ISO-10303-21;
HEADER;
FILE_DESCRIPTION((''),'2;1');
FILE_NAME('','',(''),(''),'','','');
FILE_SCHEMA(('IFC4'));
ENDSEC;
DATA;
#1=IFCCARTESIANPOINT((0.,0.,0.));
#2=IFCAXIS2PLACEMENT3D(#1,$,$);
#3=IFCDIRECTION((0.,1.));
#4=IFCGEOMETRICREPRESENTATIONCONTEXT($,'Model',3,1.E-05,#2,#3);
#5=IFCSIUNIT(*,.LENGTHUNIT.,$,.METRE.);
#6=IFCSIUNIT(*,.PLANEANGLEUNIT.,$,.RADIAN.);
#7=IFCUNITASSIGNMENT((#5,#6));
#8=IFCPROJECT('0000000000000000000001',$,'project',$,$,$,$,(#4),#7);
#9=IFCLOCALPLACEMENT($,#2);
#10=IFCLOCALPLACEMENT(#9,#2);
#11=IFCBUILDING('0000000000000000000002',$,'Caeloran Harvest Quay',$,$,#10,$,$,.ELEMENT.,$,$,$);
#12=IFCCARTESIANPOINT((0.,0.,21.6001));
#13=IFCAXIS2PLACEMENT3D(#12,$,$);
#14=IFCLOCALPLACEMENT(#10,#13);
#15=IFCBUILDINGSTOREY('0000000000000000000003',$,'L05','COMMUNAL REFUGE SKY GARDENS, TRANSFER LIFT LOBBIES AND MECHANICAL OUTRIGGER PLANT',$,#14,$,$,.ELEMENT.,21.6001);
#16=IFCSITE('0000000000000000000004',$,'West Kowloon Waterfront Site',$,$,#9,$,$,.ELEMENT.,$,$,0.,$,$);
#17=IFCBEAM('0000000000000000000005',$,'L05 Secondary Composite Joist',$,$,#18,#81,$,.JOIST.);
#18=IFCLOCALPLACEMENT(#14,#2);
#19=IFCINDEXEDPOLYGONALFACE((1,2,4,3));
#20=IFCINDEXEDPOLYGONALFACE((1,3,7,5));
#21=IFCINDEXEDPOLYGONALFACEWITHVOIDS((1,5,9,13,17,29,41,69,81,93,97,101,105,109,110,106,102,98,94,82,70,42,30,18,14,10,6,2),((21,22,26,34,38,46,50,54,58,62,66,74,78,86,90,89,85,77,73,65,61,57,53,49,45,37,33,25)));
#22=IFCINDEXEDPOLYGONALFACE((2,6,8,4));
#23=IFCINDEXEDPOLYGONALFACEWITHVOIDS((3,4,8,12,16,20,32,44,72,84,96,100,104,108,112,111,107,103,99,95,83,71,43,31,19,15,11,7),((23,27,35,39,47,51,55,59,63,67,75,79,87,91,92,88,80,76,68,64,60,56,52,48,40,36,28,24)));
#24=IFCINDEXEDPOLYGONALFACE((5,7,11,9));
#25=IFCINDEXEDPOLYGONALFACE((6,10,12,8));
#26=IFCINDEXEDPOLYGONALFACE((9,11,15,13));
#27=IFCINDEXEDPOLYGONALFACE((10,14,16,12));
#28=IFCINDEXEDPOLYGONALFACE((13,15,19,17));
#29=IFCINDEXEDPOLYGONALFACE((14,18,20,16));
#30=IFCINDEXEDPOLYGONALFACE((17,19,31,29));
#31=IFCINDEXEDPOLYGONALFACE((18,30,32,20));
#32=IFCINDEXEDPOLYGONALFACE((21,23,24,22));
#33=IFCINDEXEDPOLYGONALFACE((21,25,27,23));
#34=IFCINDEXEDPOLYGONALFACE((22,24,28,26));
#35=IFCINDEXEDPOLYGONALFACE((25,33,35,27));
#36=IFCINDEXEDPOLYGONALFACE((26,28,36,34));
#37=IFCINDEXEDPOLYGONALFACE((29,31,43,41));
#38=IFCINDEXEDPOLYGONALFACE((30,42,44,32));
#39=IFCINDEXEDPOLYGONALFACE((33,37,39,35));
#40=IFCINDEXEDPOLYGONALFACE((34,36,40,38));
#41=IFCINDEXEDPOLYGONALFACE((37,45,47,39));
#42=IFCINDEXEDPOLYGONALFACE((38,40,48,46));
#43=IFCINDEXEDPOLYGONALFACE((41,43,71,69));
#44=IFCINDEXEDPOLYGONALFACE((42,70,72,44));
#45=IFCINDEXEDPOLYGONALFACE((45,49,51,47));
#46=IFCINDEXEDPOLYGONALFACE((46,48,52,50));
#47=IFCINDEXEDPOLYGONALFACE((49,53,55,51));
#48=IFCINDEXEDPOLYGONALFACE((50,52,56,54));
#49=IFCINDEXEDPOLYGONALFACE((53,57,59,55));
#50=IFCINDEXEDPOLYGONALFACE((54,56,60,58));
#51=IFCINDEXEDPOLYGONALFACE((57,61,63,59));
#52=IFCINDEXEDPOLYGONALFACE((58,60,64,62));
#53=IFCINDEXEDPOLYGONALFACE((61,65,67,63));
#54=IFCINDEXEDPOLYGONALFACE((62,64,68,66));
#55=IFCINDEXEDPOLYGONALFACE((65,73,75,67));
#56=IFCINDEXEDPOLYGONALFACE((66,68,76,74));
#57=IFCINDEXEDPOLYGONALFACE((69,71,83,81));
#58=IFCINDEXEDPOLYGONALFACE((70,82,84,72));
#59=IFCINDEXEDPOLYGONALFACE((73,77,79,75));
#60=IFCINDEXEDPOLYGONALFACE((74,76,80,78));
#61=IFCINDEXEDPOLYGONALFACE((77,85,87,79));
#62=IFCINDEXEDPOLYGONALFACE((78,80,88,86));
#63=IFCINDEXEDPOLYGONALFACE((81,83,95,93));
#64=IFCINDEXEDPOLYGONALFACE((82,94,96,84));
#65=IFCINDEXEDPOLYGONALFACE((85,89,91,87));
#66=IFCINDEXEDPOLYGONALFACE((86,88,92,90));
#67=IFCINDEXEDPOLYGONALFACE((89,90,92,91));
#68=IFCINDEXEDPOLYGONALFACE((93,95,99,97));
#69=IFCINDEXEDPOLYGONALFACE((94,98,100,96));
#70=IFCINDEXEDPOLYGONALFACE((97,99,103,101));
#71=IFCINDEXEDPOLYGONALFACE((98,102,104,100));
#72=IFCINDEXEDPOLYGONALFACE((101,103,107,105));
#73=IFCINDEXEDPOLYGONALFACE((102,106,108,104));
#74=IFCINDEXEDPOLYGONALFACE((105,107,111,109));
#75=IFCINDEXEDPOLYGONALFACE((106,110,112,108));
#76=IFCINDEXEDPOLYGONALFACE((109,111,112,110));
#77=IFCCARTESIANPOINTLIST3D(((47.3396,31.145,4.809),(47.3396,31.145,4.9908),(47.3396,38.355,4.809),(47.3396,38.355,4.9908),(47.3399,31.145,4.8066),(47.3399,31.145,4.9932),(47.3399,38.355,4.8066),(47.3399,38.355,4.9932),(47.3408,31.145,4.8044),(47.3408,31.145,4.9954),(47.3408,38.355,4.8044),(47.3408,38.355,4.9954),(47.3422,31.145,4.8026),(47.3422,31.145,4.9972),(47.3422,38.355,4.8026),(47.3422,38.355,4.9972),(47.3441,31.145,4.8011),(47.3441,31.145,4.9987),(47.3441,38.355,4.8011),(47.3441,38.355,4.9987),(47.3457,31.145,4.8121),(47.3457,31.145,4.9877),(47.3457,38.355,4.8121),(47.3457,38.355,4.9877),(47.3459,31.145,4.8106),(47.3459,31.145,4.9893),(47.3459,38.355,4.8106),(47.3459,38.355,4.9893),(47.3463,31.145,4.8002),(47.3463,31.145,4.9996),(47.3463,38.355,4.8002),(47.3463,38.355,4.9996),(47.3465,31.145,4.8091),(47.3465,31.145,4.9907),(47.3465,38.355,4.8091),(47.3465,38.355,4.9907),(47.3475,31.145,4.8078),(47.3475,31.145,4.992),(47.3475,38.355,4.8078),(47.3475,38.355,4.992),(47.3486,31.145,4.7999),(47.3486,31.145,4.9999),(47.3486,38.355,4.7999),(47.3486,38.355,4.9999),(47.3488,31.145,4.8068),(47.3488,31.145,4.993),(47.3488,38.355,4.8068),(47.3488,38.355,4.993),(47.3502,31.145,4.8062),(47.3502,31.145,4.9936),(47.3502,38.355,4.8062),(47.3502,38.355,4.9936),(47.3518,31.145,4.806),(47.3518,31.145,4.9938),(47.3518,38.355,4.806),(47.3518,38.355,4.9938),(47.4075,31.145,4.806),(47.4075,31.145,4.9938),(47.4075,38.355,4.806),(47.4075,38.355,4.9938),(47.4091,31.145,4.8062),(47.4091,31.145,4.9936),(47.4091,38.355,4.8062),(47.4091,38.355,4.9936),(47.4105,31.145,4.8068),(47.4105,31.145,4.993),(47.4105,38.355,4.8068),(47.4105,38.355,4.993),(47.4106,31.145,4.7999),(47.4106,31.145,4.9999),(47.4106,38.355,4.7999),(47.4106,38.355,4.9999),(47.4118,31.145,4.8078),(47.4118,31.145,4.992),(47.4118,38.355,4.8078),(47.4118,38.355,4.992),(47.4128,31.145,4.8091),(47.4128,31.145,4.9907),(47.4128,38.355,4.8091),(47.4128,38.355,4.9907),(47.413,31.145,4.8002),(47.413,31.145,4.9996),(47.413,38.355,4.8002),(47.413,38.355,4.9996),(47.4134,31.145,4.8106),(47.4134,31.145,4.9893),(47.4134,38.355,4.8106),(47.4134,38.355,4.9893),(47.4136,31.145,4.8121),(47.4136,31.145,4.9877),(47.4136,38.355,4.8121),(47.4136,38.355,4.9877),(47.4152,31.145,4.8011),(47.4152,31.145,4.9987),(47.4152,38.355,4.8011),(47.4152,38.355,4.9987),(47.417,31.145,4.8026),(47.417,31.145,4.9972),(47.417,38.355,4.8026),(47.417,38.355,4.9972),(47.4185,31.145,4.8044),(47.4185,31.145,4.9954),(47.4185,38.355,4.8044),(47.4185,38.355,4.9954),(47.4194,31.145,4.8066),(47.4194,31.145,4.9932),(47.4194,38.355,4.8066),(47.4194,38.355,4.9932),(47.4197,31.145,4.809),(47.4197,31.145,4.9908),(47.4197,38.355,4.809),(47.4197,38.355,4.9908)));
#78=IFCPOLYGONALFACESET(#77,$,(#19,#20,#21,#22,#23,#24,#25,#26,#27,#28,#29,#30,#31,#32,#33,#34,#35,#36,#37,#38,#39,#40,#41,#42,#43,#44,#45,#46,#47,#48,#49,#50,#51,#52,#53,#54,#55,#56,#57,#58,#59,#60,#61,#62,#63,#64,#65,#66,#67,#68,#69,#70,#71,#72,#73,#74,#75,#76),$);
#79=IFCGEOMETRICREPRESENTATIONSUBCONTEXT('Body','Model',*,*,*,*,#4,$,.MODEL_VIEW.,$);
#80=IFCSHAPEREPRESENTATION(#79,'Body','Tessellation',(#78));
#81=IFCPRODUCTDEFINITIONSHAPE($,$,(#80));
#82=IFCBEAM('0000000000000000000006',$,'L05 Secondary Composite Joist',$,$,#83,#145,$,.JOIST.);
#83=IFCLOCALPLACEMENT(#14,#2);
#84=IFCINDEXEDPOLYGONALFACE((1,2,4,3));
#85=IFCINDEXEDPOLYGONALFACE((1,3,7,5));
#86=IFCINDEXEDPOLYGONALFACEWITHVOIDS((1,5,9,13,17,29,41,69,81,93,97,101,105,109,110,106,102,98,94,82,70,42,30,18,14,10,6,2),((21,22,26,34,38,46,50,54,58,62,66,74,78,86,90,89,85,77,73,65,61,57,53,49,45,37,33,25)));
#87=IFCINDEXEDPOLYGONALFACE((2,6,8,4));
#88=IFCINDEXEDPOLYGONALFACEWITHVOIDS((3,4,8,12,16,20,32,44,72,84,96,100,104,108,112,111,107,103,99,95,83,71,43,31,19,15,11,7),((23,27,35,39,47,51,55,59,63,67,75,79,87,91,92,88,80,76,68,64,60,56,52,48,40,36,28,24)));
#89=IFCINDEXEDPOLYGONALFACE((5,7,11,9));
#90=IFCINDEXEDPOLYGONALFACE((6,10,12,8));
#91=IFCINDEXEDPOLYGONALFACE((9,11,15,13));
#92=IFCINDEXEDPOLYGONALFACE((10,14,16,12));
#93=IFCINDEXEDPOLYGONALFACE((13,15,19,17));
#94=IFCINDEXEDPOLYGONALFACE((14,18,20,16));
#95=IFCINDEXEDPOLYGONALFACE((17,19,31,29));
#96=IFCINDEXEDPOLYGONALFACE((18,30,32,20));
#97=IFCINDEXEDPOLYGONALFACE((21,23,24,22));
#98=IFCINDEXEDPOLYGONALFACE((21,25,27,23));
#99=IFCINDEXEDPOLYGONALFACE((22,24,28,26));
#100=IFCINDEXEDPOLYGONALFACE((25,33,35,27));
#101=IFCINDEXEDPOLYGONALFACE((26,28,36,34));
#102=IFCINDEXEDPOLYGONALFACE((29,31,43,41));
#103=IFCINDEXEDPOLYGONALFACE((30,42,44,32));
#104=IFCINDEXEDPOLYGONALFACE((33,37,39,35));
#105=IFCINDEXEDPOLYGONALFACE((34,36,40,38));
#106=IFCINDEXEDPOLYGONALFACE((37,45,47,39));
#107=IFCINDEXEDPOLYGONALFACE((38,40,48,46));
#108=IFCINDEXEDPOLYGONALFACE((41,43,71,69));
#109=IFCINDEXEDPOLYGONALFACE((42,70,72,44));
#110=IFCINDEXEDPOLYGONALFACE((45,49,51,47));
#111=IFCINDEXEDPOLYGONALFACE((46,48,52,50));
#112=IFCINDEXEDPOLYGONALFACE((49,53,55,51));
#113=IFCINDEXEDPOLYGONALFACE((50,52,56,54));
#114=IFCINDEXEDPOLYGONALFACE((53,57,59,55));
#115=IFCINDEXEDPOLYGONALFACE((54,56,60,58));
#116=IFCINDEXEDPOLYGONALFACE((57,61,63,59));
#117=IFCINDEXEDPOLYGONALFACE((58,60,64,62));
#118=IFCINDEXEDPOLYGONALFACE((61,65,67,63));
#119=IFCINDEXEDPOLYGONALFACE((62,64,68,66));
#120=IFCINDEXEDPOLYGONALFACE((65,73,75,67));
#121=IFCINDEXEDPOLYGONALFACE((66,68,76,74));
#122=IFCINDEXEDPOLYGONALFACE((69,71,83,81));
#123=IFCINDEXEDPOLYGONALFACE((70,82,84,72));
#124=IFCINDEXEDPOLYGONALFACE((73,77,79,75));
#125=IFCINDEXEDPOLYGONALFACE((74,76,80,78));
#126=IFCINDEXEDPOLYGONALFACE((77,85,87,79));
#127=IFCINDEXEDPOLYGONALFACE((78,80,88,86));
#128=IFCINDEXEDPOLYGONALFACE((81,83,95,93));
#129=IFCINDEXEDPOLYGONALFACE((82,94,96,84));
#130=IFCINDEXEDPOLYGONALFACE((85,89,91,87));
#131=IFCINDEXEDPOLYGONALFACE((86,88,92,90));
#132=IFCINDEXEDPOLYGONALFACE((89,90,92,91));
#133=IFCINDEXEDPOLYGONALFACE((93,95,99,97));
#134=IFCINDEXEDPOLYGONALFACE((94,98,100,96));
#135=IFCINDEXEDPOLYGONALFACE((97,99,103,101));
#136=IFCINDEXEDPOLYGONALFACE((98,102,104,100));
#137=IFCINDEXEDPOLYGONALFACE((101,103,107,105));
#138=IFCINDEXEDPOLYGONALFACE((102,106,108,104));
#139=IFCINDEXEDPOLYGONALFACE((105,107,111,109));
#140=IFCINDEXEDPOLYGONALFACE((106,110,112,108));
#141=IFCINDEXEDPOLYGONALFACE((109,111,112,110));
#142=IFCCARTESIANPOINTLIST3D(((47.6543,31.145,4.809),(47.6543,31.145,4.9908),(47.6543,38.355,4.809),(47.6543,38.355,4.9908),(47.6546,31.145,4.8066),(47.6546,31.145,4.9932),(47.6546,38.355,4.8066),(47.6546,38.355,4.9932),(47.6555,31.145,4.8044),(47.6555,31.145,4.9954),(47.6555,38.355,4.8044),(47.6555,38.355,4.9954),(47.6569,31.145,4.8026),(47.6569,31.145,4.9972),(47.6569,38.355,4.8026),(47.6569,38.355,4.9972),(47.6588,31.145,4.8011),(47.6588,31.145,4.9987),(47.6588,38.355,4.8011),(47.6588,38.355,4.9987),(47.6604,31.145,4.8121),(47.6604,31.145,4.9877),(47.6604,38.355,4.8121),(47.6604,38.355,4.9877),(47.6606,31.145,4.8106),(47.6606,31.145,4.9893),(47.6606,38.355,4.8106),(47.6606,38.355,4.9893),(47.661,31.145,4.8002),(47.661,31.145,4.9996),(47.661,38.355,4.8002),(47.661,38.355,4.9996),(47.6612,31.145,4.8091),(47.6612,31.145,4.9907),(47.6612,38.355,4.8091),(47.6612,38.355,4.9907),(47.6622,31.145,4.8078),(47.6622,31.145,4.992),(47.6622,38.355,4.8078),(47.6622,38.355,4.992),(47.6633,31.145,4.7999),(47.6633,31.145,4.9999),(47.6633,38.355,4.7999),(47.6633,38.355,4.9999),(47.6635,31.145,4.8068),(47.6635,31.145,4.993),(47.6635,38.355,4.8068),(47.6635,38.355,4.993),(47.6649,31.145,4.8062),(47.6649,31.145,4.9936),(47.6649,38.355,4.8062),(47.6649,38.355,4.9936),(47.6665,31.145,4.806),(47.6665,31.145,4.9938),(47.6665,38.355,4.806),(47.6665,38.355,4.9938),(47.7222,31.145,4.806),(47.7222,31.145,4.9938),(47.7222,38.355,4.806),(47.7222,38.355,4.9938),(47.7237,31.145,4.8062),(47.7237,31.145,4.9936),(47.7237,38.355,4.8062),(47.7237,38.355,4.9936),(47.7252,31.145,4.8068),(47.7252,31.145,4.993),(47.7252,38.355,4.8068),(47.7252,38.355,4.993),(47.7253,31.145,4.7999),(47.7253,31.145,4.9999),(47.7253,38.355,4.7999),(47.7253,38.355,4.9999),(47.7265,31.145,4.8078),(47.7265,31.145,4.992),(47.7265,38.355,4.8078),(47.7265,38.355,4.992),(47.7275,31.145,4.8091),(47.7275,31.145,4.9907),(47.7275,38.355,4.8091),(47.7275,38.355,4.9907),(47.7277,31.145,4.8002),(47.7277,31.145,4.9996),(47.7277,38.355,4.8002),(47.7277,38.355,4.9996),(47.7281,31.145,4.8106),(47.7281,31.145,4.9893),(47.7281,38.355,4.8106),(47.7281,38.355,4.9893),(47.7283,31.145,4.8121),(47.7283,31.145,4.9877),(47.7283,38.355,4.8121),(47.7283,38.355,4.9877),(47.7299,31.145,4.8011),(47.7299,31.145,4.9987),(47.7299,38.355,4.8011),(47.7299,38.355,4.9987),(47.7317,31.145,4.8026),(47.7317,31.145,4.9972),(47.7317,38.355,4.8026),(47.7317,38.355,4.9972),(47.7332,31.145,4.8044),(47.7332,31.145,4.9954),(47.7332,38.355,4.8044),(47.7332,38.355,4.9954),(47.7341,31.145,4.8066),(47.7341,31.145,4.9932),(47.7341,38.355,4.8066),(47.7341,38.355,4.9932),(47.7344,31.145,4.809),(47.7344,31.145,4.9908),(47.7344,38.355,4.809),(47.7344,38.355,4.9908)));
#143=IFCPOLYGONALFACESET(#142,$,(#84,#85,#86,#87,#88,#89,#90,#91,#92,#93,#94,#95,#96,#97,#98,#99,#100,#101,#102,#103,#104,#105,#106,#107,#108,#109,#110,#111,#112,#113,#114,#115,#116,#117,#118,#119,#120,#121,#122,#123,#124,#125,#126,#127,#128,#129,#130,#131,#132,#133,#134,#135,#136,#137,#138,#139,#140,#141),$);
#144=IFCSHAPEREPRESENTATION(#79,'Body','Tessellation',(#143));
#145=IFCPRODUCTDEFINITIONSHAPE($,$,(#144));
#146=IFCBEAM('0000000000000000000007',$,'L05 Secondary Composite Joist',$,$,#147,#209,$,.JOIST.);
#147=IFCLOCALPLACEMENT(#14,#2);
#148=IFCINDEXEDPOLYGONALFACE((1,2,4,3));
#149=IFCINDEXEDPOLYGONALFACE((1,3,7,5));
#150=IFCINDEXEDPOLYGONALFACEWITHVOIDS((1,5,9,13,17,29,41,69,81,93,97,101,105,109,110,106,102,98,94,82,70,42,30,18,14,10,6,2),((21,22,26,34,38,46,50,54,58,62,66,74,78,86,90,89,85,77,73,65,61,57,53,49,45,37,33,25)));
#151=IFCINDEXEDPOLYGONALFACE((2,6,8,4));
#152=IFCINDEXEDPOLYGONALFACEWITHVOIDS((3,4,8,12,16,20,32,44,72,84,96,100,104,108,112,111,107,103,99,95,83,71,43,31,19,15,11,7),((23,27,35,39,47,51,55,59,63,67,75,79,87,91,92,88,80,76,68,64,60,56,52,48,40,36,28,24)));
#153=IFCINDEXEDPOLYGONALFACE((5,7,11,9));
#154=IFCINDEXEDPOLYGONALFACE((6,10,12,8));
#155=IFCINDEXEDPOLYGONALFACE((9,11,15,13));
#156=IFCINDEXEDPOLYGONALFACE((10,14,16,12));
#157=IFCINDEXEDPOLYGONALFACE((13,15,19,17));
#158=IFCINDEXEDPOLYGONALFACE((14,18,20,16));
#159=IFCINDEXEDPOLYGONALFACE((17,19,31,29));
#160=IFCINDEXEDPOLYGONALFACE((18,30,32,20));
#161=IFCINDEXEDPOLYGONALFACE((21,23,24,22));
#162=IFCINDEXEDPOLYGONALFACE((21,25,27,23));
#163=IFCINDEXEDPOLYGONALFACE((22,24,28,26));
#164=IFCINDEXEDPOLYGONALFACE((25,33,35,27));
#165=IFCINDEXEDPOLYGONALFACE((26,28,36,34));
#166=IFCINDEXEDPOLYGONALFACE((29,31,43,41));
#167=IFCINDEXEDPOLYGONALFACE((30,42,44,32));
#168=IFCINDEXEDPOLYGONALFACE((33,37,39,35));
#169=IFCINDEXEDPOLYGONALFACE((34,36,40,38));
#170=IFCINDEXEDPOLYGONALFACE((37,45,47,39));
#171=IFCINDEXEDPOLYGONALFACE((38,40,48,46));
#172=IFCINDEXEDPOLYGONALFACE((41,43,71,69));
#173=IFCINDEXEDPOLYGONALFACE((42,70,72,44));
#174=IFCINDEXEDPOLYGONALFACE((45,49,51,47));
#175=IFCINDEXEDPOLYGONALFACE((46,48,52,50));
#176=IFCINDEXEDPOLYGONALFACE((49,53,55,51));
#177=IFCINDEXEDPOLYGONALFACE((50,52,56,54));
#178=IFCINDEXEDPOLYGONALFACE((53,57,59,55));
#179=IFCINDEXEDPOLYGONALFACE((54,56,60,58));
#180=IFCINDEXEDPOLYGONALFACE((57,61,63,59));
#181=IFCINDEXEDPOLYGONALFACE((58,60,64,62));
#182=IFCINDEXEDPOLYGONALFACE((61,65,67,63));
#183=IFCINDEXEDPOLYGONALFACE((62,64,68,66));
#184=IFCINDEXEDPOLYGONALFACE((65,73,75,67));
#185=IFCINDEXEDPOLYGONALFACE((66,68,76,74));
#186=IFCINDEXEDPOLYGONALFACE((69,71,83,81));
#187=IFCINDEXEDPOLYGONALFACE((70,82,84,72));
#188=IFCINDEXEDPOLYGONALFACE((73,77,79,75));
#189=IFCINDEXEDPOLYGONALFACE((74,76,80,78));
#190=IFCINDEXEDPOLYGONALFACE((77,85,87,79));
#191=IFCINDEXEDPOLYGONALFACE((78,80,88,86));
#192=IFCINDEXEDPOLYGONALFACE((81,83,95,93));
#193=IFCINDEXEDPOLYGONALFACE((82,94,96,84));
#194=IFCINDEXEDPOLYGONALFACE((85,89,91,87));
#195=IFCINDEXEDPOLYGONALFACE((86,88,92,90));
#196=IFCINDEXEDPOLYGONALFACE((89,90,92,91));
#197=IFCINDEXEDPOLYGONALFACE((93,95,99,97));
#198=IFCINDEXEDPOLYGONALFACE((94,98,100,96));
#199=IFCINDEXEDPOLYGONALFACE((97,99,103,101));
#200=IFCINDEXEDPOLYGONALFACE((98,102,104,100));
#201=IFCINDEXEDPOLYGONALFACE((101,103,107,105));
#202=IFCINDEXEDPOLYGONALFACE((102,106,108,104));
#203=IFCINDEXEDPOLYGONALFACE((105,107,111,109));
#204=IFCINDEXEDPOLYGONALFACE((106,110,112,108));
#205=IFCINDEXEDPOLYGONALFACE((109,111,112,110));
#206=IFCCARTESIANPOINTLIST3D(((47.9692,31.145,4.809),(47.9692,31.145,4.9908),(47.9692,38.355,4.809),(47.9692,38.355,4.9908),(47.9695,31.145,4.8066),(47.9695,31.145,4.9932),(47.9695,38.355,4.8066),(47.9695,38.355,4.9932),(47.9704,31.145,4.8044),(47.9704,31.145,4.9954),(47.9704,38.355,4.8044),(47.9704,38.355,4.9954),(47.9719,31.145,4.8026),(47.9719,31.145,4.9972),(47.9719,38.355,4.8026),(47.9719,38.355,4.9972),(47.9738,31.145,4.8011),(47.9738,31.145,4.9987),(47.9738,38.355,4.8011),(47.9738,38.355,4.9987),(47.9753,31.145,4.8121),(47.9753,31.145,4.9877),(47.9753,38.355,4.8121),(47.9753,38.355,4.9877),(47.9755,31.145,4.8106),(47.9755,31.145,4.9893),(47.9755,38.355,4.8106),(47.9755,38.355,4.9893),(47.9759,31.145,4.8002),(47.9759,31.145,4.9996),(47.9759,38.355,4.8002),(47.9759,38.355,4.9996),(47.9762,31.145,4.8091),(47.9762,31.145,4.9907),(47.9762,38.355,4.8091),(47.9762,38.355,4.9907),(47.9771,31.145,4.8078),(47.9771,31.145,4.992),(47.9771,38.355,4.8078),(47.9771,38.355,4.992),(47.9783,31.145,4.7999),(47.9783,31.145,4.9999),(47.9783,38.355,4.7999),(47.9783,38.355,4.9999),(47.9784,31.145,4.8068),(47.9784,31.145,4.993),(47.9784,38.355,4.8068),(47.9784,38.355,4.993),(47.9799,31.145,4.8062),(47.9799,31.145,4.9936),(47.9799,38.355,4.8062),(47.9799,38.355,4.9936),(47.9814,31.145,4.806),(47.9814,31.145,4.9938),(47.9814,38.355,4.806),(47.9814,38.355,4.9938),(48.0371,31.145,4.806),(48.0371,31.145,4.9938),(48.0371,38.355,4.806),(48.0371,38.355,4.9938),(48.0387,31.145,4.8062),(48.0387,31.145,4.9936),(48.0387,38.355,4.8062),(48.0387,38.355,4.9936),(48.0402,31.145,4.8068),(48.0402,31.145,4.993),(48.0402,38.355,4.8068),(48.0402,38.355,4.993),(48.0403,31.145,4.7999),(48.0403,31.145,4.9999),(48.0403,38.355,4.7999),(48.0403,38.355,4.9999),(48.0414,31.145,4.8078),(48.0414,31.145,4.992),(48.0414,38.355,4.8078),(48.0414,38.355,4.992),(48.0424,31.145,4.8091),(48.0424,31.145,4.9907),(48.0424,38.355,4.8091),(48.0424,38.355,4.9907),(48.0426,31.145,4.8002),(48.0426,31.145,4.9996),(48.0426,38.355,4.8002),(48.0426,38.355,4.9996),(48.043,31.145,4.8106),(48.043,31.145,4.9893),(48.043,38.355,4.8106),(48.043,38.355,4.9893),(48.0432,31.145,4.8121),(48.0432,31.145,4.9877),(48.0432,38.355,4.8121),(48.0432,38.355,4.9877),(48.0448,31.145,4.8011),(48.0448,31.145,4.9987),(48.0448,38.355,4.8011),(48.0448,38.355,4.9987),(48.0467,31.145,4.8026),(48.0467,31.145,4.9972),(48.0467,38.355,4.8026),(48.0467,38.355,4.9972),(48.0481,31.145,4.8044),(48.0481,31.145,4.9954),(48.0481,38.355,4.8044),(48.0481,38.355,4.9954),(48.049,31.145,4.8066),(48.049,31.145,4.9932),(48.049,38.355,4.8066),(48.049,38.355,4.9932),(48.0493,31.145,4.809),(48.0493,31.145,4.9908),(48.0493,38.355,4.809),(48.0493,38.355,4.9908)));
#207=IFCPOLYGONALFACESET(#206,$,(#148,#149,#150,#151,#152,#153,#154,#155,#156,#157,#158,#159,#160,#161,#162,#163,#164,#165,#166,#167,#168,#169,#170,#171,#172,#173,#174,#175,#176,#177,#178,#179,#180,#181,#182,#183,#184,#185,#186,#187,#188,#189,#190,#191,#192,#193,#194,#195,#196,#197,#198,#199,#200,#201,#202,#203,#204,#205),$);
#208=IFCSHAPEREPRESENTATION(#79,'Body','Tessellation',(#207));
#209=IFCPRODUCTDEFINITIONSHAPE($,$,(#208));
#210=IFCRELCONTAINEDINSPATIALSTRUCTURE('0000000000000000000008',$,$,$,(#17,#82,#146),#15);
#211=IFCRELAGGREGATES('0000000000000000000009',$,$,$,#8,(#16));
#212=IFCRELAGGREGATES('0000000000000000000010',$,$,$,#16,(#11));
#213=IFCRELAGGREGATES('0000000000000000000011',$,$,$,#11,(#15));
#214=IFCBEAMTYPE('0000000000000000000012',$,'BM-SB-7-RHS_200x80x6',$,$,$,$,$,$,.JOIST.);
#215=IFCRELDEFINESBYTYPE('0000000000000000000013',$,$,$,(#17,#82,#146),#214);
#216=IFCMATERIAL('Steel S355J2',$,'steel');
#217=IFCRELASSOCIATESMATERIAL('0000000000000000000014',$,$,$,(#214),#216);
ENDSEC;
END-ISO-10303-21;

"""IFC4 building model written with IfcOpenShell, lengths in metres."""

from ifc_helpers import new_model, si_unit, direction, frame, origin, origin_2d, place, context, subcontext, project, spatial, hollow_rectangle, extrude, material, material_profile, profile_set, type_object, element, save


model = new_model("IFC4")

# Units and contexts
model_context = context("Model", 3, precision=1e-05, world=origin(), true_north=direction((0.0, 1.0)))
body_context = subcontext(model_context, "Body", "Model", "MODEL_VIEW")
ifc_project = project(units=[si_unit("LENGTHUNIT", "METRE"), si_unit("PLANEANGLEUNIT", "RADIAN")], contexts=[model_context])

# Site, building, storey
site_placement = place(None, origin())
site = spatial("IfcSite", under=ifc_project, at=site_placement, Name="West Kowloon Waterfront Site", CompositionType="ELEMENT", RefElevation=0.0)
building_placement = place(site_placement, origin())
building = spatial("IfcBuilding", under=site, at=building_placement, Name="Caeloran Harvest Quay", CompositionType="ELEMENT")
storey_placement = place(building_placement, frame((0.0, 0.0, 21.6001)))
storey = spatial("IfcBuildingStorey", under=building, at=storey_placement, Name="L05", Description="COMMUNAL REFUGE SKY GARDENS, TRANSFER LIFT LOBBIES AND MECHANICAL OUTRIGGER PLANT", CompositionType="ELEMENT", Elevation=21.6001)

# Beams
ifc_material_1 = material(Name="Steel S355J2", Category="steel")
ifc_material_profile_1 = material_profile(ifc_material_1, hollow_rectangle(XDim=0.0801, YDim=0.2, WallThickness=0.0061, InnerFilletRadius=0.0061, OuterFilletRadius=0.009, at=origin_2d()), Name="RHS 200x80x6")
ifc_profile_set_1 = profile_set([ifc_material_profile_1], Name="Steel S355J2")
beam_type_1 = type_object("IfcBeamType", Name="BM-SB-7-RHS_200x80x6", PredefinedType="JOIST", material=ifc_profile_set_1)
for number, where, z_axis, x_axis, name in (
    (1, (47.3796, 31.145, 4.8999), (0.0, 1.0, 0.0), (-1.0, 0.0, 0.0), "L05 Secondary Composite Joist"),
    (2, (47.6943, 31.145, 4.8999), (0.0, 1.0, 0.0), (-1.0, 0.0, 0.0), "L05 Secondary Composite Joist"),
    (3, (48.0093, 31.145, 4.8999), (0.0, 1.0, 0.0), (-1.0, 0.0, 0.0), "L05 Secondary Composite Joist"),
):
    element("IfcBeam", number, at=place(storey_placement, frame(where, z_axis=z_axis, x_axis=x_axis)), inside=storey, type_object=beam_type_1, Name=name, PredefinedType="JOIST", context=body_context, shape_type="SweptSolid", body=[
        extrude(hollow_rectangle(XDim=0.0801, YDim=0.2, WallThickness=0.0061, InnerFilletRadius=0.0061, OuterFilletRadius=0.009, at=origin_2d()), origin(), (0.0, 0.0, 1.0), 7.21),
    ])

save(model, "model.ifc")
